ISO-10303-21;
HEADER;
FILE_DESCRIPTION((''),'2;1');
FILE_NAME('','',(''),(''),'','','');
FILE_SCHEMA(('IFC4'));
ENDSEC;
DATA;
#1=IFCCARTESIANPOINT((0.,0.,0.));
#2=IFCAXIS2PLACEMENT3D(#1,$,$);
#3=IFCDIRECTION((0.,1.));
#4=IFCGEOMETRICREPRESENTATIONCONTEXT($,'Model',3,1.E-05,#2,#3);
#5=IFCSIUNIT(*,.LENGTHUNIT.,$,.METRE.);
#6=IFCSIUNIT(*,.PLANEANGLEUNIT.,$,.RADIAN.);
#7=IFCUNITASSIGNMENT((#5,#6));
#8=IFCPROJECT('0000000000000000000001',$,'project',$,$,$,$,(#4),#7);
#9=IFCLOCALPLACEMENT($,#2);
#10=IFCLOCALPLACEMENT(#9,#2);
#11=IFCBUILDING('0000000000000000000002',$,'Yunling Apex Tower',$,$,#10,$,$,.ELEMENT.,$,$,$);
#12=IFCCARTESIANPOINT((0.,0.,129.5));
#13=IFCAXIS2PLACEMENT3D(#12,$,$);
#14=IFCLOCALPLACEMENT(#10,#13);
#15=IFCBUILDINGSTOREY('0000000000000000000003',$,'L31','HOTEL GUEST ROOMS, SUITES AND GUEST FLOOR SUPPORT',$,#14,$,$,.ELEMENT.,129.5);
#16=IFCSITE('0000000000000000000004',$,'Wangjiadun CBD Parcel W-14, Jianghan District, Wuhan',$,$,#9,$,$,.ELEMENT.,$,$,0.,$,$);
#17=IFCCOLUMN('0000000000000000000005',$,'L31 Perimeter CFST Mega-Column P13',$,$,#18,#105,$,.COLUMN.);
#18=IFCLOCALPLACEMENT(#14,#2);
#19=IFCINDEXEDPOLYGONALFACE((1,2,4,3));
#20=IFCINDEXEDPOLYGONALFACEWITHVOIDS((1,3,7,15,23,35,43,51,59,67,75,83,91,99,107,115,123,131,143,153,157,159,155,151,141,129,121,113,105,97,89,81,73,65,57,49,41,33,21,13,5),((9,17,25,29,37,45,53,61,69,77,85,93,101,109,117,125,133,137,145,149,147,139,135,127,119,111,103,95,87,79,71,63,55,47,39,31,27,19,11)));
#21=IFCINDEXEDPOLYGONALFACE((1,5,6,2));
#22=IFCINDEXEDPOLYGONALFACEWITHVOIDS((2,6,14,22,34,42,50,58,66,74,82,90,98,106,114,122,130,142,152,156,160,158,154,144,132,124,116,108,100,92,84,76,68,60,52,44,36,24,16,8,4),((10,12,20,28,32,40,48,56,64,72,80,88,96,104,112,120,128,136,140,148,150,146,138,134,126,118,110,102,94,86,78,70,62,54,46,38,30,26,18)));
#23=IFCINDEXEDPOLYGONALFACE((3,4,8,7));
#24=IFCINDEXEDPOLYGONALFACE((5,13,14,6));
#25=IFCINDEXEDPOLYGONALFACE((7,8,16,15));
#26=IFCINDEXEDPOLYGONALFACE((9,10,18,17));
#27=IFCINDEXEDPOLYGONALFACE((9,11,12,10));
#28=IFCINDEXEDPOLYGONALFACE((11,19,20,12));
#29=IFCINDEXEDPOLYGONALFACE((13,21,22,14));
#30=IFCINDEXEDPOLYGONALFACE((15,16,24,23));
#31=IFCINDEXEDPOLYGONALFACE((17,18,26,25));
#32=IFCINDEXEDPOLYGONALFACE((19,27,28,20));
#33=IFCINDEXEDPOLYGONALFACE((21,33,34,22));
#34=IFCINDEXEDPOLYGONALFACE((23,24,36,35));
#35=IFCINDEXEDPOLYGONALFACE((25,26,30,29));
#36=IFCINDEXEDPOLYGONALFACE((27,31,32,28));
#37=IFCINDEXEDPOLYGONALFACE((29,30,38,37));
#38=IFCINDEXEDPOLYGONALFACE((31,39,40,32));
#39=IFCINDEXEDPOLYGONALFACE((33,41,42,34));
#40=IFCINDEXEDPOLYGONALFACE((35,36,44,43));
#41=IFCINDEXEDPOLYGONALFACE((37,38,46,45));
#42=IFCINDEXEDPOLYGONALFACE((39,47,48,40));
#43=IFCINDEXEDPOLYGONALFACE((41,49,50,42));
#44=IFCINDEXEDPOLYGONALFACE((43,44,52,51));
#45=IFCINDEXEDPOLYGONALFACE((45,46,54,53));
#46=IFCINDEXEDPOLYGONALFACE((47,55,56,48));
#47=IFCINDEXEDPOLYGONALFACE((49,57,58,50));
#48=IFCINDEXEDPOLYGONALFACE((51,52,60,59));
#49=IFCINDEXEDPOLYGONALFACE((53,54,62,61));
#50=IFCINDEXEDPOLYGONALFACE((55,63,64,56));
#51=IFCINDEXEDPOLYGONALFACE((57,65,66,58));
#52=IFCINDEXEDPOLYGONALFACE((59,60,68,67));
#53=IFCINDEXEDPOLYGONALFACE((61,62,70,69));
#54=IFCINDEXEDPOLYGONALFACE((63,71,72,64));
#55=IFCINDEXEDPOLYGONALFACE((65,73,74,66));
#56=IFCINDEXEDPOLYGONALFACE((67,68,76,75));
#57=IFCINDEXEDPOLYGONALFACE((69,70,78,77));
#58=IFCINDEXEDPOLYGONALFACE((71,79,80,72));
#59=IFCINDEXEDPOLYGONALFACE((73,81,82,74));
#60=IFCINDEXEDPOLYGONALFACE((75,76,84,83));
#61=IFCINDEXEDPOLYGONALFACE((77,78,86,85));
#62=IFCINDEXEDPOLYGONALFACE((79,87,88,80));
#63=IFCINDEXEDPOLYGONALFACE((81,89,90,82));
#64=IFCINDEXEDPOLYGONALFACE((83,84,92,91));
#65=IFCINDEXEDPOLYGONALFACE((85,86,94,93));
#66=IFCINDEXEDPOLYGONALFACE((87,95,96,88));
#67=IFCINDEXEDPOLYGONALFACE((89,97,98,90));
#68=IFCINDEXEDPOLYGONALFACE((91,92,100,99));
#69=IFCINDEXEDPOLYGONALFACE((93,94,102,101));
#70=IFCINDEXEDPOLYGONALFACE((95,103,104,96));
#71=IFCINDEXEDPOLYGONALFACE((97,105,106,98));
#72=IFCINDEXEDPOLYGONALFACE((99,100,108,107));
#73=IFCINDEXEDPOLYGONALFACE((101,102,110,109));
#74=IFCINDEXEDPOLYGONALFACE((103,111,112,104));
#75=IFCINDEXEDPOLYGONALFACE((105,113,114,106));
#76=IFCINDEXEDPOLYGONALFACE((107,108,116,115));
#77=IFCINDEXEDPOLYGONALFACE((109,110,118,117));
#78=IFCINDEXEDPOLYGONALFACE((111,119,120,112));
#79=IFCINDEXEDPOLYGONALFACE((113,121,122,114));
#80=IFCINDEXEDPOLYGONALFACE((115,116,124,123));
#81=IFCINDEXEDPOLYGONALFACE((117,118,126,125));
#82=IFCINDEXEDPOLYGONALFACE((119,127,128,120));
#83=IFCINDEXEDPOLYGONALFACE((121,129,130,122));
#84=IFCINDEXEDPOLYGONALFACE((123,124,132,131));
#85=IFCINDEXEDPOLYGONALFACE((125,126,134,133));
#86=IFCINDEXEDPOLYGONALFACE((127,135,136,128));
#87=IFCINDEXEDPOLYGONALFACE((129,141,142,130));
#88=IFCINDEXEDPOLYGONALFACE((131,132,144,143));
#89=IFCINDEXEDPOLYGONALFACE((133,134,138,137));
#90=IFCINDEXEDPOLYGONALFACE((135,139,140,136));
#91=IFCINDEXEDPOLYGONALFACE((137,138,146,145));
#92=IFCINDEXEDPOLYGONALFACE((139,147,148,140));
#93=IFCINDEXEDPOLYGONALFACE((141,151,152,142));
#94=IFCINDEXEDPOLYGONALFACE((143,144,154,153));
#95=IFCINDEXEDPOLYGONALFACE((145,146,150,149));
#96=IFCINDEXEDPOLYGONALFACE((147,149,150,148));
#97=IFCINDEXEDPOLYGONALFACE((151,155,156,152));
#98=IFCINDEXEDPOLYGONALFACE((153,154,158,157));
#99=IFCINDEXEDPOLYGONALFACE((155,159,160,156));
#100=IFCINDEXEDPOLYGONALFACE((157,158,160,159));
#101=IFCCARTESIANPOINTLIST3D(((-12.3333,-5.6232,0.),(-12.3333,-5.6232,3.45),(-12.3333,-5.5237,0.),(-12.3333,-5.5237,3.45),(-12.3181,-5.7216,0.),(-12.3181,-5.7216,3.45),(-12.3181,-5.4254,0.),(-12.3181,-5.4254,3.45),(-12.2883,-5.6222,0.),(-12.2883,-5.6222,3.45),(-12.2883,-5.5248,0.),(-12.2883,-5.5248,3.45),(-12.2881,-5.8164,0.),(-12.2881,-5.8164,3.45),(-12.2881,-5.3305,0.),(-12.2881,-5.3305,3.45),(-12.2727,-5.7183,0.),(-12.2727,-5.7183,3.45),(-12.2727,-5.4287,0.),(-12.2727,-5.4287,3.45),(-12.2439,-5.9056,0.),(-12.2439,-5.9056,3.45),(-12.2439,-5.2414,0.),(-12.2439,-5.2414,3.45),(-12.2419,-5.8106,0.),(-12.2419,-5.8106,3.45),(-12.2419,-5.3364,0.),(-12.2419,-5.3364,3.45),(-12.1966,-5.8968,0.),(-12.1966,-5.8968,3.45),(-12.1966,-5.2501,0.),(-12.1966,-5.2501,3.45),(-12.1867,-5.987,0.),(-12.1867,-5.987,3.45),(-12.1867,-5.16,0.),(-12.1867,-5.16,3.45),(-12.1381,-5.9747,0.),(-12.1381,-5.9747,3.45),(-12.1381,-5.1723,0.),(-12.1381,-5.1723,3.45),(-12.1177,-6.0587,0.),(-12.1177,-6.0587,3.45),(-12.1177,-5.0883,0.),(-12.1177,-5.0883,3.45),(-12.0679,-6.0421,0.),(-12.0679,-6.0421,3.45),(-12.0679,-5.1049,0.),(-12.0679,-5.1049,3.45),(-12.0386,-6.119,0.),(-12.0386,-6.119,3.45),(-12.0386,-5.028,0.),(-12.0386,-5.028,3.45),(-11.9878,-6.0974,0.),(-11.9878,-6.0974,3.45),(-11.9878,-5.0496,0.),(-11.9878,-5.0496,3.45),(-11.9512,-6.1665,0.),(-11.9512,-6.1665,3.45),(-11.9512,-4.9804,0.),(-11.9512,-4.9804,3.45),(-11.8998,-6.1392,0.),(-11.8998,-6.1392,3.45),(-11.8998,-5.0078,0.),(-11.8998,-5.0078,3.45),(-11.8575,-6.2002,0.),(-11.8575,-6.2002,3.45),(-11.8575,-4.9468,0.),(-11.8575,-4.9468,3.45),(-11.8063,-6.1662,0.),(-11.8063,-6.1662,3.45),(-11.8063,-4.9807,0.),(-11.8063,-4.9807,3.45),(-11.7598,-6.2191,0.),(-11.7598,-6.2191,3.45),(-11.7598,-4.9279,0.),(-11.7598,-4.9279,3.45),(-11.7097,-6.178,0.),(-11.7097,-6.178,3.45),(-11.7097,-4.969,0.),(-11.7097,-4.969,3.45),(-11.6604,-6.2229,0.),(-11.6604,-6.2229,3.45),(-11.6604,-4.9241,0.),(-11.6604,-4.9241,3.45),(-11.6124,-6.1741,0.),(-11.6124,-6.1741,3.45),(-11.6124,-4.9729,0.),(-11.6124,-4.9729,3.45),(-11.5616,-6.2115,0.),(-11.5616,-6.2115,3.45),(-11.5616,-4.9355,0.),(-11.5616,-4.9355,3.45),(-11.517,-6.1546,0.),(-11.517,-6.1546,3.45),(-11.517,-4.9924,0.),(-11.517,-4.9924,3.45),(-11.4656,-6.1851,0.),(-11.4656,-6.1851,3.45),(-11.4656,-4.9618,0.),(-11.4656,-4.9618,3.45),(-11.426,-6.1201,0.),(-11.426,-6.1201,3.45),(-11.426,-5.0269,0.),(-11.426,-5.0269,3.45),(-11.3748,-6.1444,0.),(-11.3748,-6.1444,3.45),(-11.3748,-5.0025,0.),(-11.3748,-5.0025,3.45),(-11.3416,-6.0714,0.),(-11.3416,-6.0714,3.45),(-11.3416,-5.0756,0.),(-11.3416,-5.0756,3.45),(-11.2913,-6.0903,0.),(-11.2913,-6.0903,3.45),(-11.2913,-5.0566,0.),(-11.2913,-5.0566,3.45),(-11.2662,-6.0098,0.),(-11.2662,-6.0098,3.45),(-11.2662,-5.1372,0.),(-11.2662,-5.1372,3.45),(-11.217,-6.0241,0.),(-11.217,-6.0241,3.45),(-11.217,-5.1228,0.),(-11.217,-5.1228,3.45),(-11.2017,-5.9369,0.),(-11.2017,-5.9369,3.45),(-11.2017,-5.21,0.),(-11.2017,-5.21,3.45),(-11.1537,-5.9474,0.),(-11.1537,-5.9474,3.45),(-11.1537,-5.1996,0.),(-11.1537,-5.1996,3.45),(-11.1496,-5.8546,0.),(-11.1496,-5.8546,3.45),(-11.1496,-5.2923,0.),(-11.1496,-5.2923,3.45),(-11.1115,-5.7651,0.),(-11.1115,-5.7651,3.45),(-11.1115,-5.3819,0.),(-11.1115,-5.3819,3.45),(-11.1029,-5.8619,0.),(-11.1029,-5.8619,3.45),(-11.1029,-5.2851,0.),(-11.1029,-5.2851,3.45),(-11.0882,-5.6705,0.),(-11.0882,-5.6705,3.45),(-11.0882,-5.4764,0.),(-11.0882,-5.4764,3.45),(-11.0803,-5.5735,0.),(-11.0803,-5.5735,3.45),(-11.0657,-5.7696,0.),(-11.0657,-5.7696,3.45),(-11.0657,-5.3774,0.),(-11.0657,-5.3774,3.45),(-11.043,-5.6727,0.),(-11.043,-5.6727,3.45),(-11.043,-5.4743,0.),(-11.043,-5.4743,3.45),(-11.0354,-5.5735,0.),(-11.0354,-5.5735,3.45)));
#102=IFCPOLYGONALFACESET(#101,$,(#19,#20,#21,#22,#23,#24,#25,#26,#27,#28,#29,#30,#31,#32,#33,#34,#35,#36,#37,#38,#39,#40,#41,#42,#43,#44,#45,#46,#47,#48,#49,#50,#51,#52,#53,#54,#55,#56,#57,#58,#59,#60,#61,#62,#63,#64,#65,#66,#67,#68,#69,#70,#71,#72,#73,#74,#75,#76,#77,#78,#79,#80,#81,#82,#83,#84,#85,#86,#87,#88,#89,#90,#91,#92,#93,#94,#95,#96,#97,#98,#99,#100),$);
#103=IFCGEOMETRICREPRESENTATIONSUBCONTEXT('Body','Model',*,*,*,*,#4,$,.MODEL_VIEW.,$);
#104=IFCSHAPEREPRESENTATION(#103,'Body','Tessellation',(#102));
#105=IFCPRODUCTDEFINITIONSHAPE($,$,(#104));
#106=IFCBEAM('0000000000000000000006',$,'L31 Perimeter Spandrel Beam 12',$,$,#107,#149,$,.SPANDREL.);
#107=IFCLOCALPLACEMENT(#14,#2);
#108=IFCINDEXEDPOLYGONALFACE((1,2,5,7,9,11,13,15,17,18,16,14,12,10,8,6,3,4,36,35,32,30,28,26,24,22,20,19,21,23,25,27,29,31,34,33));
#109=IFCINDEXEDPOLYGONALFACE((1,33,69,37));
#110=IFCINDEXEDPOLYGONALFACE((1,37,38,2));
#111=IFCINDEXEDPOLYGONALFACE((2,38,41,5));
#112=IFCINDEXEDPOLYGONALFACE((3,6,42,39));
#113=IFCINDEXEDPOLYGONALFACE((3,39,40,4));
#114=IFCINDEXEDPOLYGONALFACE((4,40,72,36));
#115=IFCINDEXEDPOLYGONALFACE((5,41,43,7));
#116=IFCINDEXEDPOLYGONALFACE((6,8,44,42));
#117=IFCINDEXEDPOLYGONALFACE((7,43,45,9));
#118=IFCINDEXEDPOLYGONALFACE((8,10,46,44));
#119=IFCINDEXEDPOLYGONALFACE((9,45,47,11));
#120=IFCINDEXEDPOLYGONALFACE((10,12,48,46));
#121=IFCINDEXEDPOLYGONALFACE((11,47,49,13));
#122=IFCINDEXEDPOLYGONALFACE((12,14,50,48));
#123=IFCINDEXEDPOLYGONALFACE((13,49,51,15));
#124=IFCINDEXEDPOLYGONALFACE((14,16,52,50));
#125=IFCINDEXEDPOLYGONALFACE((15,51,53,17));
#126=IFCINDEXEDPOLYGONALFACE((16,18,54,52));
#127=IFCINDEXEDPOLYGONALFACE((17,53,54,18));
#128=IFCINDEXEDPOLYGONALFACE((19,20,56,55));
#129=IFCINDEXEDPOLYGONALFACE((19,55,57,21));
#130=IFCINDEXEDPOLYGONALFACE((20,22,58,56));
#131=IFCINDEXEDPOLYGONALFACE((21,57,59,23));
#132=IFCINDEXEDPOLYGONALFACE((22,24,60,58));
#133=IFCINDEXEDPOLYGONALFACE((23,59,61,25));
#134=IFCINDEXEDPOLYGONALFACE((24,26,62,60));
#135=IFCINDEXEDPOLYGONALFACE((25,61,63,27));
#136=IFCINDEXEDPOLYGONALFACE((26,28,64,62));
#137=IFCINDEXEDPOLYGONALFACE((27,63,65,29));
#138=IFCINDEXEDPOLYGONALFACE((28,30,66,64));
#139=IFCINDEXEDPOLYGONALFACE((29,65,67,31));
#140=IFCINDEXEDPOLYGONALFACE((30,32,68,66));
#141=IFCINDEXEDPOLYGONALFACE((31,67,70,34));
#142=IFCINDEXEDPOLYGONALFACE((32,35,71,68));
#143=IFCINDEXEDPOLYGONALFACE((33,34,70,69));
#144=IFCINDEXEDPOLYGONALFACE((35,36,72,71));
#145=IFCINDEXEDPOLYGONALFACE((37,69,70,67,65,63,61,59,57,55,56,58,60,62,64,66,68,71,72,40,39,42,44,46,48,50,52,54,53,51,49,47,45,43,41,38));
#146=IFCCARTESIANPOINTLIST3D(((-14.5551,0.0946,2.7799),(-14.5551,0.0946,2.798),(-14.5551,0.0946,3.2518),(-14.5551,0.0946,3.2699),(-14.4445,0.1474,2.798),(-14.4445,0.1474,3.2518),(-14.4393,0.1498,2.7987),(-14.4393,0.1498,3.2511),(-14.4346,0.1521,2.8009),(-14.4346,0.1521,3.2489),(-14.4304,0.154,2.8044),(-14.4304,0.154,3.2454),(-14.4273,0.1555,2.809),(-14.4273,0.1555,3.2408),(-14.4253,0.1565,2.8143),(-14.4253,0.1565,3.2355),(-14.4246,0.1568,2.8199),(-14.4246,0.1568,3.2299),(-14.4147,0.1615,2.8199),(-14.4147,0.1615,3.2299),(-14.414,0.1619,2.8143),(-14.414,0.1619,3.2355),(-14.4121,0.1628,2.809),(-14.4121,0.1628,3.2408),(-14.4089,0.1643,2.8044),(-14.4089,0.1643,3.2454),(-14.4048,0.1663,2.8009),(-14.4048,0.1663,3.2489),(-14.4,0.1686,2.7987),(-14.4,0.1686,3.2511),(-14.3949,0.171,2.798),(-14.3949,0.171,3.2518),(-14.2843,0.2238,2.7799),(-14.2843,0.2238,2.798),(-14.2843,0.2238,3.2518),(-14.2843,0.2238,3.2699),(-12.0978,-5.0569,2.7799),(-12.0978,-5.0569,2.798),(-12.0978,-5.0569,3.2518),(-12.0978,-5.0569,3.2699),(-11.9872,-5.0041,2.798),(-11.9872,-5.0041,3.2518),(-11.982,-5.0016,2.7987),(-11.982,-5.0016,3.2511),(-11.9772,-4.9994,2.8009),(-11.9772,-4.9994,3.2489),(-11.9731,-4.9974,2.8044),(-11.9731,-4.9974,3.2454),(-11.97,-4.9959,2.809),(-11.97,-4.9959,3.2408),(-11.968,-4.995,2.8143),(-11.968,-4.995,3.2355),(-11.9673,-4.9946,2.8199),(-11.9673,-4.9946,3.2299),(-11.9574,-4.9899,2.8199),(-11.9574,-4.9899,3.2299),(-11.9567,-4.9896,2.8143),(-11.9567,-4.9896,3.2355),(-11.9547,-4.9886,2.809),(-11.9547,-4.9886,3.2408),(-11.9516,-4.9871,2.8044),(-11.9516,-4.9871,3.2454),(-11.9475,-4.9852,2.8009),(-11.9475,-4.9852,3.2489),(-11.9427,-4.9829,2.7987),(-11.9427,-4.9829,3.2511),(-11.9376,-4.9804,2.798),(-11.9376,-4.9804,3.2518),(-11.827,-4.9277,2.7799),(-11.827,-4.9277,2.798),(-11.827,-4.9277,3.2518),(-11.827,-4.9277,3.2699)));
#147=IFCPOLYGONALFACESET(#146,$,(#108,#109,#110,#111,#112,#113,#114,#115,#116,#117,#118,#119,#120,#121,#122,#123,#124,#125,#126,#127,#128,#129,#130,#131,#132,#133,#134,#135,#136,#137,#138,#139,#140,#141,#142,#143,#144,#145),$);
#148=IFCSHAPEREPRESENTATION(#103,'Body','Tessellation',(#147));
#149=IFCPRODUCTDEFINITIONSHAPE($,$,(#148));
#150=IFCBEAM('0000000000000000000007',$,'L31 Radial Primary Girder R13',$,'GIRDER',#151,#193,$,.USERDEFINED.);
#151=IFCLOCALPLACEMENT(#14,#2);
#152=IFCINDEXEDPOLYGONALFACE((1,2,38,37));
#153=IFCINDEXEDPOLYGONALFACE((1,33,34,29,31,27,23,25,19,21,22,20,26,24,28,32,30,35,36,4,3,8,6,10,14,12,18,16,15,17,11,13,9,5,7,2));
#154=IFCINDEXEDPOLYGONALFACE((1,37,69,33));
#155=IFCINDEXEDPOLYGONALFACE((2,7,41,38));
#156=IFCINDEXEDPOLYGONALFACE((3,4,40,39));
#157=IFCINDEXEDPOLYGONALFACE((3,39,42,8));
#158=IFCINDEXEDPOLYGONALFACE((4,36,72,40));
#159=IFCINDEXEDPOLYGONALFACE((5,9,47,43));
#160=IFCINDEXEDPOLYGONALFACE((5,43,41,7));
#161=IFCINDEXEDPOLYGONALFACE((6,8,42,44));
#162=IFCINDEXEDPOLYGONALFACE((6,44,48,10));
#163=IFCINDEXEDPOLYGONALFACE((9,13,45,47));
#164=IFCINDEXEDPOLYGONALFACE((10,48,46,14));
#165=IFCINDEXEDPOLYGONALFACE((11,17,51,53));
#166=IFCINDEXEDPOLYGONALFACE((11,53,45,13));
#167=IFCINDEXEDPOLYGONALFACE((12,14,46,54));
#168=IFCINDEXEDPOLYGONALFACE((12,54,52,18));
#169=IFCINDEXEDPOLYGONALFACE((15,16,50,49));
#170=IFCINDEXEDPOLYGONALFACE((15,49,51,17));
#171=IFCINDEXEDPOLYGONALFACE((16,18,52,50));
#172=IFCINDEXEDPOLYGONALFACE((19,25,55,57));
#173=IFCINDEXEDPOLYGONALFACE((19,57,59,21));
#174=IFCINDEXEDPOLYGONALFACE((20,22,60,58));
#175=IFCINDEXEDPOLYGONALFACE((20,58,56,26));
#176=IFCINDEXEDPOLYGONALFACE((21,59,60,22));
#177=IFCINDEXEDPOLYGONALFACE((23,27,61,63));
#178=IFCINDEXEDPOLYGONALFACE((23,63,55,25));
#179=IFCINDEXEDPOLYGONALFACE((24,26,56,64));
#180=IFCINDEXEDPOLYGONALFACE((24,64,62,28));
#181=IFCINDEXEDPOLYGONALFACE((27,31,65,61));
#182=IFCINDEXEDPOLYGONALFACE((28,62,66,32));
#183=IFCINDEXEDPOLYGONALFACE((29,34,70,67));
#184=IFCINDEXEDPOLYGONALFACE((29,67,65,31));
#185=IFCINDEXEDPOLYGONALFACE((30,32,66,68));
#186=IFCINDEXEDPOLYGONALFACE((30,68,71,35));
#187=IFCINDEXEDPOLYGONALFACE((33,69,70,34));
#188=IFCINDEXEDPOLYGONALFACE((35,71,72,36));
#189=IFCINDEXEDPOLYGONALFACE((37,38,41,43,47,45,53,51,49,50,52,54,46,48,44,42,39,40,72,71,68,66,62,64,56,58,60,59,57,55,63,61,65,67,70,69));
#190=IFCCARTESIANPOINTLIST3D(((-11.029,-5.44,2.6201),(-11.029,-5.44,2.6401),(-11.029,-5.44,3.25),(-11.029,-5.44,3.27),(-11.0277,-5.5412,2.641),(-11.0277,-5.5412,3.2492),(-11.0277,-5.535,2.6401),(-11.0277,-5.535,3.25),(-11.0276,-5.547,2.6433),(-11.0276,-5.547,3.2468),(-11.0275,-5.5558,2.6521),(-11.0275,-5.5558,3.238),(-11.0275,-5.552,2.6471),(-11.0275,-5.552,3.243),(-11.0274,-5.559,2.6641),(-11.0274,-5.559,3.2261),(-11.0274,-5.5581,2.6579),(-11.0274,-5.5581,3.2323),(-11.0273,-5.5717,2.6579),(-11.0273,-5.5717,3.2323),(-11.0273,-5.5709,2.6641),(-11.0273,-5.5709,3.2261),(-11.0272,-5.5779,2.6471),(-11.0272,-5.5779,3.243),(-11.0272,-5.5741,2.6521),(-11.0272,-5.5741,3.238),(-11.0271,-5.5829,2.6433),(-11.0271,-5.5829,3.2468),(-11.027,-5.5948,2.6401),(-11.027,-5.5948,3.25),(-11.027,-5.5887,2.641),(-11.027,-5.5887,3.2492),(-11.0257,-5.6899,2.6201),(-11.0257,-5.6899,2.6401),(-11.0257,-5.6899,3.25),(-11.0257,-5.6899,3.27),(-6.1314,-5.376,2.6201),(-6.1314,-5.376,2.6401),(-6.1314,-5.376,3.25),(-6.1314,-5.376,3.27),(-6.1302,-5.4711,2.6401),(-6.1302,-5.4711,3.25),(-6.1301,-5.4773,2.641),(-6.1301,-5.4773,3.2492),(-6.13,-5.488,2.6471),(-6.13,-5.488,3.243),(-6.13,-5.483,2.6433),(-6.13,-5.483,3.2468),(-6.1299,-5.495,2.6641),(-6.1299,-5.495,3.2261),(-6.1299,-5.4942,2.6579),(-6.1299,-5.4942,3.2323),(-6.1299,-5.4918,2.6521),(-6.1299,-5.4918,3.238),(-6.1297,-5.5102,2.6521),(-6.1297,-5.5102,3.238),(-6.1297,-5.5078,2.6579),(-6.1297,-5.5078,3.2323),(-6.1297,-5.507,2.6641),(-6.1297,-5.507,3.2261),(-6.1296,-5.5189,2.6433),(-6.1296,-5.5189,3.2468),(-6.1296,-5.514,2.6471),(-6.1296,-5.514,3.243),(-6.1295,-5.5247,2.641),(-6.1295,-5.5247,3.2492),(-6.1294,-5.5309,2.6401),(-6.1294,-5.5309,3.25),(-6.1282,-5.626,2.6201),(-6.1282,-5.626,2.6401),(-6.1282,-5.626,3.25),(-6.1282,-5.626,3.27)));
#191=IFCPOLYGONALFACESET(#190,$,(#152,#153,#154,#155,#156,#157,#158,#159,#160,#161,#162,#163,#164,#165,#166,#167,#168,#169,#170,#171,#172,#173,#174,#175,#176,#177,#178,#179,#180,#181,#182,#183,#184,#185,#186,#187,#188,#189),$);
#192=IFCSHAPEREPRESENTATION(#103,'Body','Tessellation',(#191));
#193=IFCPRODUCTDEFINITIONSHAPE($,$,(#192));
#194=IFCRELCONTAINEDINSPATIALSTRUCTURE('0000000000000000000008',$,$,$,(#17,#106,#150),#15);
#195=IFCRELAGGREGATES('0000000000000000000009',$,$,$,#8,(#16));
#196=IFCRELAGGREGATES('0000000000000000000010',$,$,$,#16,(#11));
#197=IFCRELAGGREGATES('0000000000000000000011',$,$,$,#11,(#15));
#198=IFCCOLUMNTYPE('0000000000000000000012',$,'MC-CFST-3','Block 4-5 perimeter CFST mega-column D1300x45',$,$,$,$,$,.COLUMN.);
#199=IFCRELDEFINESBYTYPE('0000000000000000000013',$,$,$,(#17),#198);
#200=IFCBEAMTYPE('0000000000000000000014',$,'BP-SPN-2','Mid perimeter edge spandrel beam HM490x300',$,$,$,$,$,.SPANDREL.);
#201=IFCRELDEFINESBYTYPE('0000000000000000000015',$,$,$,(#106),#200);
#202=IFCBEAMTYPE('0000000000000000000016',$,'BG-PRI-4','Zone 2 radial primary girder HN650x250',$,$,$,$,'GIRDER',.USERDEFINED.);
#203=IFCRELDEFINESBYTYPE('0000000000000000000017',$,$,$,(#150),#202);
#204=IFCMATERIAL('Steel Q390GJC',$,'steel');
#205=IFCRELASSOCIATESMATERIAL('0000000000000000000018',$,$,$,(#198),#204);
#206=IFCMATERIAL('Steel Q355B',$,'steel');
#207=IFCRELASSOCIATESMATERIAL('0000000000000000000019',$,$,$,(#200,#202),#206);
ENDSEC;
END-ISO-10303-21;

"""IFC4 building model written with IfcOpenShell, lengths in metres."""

from ifc_helpers import new_model, si_unit, direction, frame, origin, origin_2d, place, context, subcontext, project, spatial, hollow_circle, i_section, extrude, source, transform, mapped, material, material_profile, profile_set, type_object, element, save


model = new_model("IFC4")

# Units and contexts
model_context = context("Model", 3, precision=1e-05, world=origin(), true_north=direction((0.0, 1.0)))
body_context = subcontext(model_context, "Body", "Model", "MODEL_VIEW")
ifc_project = project(units=[si_unit("LENGTHUNIT", "METRE"), si_unit("PLANEANGLEUNIT", "RADIAN")], contexts=[model_context])

# Site, building, storey
site_placement = place(None, origin())
site = spatial("IfcSite", under=ifc_project, at=site_placement, Name="Wangjiadun CBD Parcel W-14, Jianghan District, Wuhan", CompositionType="ELEMENT", RefElevation=0.0)
building_placement = place(site_placement, origin())
building = spatial("IfcBuilding", under=site, at=building_placement, Name="Yunling Apex Tower", CompositionType="ELEMENT")
storey_placement = place(building_placement, frame((0.0, 0.0, 129.5)))
storey = spatial("IfcBuildingStorey", under=building, at=storey_placement, Name="L31", Description="HOTEL GUEST ROOMS, SUITES AND GUEST FLOOR SUPPORT", CompositionType="ELEMENT", Elevation=129.5)

# Column
ifc_material_1 = material(Name="Steel Q390GJC", Category="steel")
ifc_material_profile_1 = material_profile(ifc_material_1, hollow_circle(Radius=0.6499, WallThickness=0.0449, at=origin_2d()))
ifc_profile_set_1 = profile_set([ifc_material_profile_1], Name="Steel Q390GJC")
column_type = type_object("IfcColumnType", Name="MC-CFST-3", Description="Block 4-5 perimeter CFST mega-column D1300x45", PredefinedType="COLUMN", material=ifc_profile_set_1)
shared_shape_1 = source(origin(), body_context, "Body", "SweptSolid", [
    extrude(hollow_circle(Radius=0.6499, WallThickness=0.0449, at=origin_2d()), origin(), (0.0, 0.0, 1.0), 3.45),
])
column_placement = place(storey_placement, frame((-11.6853, -5.5735, 0.0), z_axis=(0.0, 0.0, 1.0), x_axis=(1.0, 0.0, 0.0)))
element("IfcColumn", 1, at=column_placement, inside=storey, type_object=column_type, Name="L31 Perimeter CFST Mega-Column P13", PredefinedType="COLUMN", context=body_context, shape_type="MappedRepresentation", body=[
    mapped(shared_shape_1, transform((0.0, 0.0, 0.0), scale=1.0)),
])

# Beams
ifc_material_2 = material(Name="Steel Q355B", Category="steel")
ifc_material_profile_2 = material_profile(ifc_material_2, i_section(OverallWidth=0.3, OverallDepth=0.49, WebThickness=0.011, FlangeThickness=0.0181, FilletRadius=0.022, at=origin_2d()))
ifc_profile_set_2 = profile_set([ifc_material_profile_2], Name="Steel Q355B")
beam_type_1 = type_object("IfcBeamType", Name="BP-SPN-2", Description="Mid perimeter edge spandrel beam HM490x300", PredefinedType="SPANDREL", material=ifc_profile_set_2)
shared_shape_2 = source(origin(), body_context, "Body", "SweptSolid", [
    extrude(i_section(OverallWidth=0.3, OverallDepth=0.49, WebThickness=0.011, FlangeThickness=0.0181, FilletRadius=0.022, at=origin_2d()), origin(), (0.0, 0.0, 1.0), 5.7075),
])
beam_1_placement = place(storey_placement, frame((-14.4197, 0.1592, 3.0249), z_axis=(0.43054, -0.902572, 0.0), x_axis=(0.902572, 0.43054, 0.0)))
element("IfcBeam", 2, at=beam_1_placement, inside=storey, type_object=beam_type_1, Name="L31 Perimeter Spandrel Beam 12", PredefinedType="SPANDREL", context=body_context, shape_type="MappedRepresentation", body=[
    mapped(shared_shape_2, transform((0.0, 0.0, 0.0), scale=1.0)),
])
ifc_material_profile_3 = material_profile(ifc_material_2, i_section(OverallWidth=0.25, OverallDepth=0.6499, WebThickness=0.012, FlangeThickness=0.02, FilletRadius=0.0239, at=origin_2d()))
ifc_profile_set_3 = profile_set([ifc_material_profile_3], Name="Steel Q355B")
beam_type_2 = type_object("IfcBeamType", Name="BG-PRI-4", Description="Zone 2 radial primary girder HN650x250", ElementType="GIRDER", PredefinedType="USERDEFINED", material=ifc_profile_set_3)
shared_shape_3 = source(origin(), body_context, "Body", "SweptSolid", [
    extrude(i_section(OverallWidth=0.25, OverallDepth=0.6499, WebThickness=0.012, FlangeThickness=0.02, FilletRadius=0.0239, at=origin_2d()), origin(), (0.0, 0.0, 1.0), 4.8979),
])
beam_2_placement = place(storey_placement, frame((-11.0273, -5.5649, 2.9451), z_axis=(0.999915, 0.01306, 0.0), x_axis=(-0.01306, 0.999915, 0.0)))
element("IfcBeam", 3, at=beam_2_placement, inside=storey, type_object=beam_type_2, Name="L31 Radial Primary Girder R13", ObjectType="GIRDER", PredefinedType="USERDEFINED", context=body_context, shape_type="MappedRepresentation", body=[
    mapped(shared_shape_3, transform((0.0, 0.0, 0.0), scale=1.0)),
])

save(model, "model.ifc")
